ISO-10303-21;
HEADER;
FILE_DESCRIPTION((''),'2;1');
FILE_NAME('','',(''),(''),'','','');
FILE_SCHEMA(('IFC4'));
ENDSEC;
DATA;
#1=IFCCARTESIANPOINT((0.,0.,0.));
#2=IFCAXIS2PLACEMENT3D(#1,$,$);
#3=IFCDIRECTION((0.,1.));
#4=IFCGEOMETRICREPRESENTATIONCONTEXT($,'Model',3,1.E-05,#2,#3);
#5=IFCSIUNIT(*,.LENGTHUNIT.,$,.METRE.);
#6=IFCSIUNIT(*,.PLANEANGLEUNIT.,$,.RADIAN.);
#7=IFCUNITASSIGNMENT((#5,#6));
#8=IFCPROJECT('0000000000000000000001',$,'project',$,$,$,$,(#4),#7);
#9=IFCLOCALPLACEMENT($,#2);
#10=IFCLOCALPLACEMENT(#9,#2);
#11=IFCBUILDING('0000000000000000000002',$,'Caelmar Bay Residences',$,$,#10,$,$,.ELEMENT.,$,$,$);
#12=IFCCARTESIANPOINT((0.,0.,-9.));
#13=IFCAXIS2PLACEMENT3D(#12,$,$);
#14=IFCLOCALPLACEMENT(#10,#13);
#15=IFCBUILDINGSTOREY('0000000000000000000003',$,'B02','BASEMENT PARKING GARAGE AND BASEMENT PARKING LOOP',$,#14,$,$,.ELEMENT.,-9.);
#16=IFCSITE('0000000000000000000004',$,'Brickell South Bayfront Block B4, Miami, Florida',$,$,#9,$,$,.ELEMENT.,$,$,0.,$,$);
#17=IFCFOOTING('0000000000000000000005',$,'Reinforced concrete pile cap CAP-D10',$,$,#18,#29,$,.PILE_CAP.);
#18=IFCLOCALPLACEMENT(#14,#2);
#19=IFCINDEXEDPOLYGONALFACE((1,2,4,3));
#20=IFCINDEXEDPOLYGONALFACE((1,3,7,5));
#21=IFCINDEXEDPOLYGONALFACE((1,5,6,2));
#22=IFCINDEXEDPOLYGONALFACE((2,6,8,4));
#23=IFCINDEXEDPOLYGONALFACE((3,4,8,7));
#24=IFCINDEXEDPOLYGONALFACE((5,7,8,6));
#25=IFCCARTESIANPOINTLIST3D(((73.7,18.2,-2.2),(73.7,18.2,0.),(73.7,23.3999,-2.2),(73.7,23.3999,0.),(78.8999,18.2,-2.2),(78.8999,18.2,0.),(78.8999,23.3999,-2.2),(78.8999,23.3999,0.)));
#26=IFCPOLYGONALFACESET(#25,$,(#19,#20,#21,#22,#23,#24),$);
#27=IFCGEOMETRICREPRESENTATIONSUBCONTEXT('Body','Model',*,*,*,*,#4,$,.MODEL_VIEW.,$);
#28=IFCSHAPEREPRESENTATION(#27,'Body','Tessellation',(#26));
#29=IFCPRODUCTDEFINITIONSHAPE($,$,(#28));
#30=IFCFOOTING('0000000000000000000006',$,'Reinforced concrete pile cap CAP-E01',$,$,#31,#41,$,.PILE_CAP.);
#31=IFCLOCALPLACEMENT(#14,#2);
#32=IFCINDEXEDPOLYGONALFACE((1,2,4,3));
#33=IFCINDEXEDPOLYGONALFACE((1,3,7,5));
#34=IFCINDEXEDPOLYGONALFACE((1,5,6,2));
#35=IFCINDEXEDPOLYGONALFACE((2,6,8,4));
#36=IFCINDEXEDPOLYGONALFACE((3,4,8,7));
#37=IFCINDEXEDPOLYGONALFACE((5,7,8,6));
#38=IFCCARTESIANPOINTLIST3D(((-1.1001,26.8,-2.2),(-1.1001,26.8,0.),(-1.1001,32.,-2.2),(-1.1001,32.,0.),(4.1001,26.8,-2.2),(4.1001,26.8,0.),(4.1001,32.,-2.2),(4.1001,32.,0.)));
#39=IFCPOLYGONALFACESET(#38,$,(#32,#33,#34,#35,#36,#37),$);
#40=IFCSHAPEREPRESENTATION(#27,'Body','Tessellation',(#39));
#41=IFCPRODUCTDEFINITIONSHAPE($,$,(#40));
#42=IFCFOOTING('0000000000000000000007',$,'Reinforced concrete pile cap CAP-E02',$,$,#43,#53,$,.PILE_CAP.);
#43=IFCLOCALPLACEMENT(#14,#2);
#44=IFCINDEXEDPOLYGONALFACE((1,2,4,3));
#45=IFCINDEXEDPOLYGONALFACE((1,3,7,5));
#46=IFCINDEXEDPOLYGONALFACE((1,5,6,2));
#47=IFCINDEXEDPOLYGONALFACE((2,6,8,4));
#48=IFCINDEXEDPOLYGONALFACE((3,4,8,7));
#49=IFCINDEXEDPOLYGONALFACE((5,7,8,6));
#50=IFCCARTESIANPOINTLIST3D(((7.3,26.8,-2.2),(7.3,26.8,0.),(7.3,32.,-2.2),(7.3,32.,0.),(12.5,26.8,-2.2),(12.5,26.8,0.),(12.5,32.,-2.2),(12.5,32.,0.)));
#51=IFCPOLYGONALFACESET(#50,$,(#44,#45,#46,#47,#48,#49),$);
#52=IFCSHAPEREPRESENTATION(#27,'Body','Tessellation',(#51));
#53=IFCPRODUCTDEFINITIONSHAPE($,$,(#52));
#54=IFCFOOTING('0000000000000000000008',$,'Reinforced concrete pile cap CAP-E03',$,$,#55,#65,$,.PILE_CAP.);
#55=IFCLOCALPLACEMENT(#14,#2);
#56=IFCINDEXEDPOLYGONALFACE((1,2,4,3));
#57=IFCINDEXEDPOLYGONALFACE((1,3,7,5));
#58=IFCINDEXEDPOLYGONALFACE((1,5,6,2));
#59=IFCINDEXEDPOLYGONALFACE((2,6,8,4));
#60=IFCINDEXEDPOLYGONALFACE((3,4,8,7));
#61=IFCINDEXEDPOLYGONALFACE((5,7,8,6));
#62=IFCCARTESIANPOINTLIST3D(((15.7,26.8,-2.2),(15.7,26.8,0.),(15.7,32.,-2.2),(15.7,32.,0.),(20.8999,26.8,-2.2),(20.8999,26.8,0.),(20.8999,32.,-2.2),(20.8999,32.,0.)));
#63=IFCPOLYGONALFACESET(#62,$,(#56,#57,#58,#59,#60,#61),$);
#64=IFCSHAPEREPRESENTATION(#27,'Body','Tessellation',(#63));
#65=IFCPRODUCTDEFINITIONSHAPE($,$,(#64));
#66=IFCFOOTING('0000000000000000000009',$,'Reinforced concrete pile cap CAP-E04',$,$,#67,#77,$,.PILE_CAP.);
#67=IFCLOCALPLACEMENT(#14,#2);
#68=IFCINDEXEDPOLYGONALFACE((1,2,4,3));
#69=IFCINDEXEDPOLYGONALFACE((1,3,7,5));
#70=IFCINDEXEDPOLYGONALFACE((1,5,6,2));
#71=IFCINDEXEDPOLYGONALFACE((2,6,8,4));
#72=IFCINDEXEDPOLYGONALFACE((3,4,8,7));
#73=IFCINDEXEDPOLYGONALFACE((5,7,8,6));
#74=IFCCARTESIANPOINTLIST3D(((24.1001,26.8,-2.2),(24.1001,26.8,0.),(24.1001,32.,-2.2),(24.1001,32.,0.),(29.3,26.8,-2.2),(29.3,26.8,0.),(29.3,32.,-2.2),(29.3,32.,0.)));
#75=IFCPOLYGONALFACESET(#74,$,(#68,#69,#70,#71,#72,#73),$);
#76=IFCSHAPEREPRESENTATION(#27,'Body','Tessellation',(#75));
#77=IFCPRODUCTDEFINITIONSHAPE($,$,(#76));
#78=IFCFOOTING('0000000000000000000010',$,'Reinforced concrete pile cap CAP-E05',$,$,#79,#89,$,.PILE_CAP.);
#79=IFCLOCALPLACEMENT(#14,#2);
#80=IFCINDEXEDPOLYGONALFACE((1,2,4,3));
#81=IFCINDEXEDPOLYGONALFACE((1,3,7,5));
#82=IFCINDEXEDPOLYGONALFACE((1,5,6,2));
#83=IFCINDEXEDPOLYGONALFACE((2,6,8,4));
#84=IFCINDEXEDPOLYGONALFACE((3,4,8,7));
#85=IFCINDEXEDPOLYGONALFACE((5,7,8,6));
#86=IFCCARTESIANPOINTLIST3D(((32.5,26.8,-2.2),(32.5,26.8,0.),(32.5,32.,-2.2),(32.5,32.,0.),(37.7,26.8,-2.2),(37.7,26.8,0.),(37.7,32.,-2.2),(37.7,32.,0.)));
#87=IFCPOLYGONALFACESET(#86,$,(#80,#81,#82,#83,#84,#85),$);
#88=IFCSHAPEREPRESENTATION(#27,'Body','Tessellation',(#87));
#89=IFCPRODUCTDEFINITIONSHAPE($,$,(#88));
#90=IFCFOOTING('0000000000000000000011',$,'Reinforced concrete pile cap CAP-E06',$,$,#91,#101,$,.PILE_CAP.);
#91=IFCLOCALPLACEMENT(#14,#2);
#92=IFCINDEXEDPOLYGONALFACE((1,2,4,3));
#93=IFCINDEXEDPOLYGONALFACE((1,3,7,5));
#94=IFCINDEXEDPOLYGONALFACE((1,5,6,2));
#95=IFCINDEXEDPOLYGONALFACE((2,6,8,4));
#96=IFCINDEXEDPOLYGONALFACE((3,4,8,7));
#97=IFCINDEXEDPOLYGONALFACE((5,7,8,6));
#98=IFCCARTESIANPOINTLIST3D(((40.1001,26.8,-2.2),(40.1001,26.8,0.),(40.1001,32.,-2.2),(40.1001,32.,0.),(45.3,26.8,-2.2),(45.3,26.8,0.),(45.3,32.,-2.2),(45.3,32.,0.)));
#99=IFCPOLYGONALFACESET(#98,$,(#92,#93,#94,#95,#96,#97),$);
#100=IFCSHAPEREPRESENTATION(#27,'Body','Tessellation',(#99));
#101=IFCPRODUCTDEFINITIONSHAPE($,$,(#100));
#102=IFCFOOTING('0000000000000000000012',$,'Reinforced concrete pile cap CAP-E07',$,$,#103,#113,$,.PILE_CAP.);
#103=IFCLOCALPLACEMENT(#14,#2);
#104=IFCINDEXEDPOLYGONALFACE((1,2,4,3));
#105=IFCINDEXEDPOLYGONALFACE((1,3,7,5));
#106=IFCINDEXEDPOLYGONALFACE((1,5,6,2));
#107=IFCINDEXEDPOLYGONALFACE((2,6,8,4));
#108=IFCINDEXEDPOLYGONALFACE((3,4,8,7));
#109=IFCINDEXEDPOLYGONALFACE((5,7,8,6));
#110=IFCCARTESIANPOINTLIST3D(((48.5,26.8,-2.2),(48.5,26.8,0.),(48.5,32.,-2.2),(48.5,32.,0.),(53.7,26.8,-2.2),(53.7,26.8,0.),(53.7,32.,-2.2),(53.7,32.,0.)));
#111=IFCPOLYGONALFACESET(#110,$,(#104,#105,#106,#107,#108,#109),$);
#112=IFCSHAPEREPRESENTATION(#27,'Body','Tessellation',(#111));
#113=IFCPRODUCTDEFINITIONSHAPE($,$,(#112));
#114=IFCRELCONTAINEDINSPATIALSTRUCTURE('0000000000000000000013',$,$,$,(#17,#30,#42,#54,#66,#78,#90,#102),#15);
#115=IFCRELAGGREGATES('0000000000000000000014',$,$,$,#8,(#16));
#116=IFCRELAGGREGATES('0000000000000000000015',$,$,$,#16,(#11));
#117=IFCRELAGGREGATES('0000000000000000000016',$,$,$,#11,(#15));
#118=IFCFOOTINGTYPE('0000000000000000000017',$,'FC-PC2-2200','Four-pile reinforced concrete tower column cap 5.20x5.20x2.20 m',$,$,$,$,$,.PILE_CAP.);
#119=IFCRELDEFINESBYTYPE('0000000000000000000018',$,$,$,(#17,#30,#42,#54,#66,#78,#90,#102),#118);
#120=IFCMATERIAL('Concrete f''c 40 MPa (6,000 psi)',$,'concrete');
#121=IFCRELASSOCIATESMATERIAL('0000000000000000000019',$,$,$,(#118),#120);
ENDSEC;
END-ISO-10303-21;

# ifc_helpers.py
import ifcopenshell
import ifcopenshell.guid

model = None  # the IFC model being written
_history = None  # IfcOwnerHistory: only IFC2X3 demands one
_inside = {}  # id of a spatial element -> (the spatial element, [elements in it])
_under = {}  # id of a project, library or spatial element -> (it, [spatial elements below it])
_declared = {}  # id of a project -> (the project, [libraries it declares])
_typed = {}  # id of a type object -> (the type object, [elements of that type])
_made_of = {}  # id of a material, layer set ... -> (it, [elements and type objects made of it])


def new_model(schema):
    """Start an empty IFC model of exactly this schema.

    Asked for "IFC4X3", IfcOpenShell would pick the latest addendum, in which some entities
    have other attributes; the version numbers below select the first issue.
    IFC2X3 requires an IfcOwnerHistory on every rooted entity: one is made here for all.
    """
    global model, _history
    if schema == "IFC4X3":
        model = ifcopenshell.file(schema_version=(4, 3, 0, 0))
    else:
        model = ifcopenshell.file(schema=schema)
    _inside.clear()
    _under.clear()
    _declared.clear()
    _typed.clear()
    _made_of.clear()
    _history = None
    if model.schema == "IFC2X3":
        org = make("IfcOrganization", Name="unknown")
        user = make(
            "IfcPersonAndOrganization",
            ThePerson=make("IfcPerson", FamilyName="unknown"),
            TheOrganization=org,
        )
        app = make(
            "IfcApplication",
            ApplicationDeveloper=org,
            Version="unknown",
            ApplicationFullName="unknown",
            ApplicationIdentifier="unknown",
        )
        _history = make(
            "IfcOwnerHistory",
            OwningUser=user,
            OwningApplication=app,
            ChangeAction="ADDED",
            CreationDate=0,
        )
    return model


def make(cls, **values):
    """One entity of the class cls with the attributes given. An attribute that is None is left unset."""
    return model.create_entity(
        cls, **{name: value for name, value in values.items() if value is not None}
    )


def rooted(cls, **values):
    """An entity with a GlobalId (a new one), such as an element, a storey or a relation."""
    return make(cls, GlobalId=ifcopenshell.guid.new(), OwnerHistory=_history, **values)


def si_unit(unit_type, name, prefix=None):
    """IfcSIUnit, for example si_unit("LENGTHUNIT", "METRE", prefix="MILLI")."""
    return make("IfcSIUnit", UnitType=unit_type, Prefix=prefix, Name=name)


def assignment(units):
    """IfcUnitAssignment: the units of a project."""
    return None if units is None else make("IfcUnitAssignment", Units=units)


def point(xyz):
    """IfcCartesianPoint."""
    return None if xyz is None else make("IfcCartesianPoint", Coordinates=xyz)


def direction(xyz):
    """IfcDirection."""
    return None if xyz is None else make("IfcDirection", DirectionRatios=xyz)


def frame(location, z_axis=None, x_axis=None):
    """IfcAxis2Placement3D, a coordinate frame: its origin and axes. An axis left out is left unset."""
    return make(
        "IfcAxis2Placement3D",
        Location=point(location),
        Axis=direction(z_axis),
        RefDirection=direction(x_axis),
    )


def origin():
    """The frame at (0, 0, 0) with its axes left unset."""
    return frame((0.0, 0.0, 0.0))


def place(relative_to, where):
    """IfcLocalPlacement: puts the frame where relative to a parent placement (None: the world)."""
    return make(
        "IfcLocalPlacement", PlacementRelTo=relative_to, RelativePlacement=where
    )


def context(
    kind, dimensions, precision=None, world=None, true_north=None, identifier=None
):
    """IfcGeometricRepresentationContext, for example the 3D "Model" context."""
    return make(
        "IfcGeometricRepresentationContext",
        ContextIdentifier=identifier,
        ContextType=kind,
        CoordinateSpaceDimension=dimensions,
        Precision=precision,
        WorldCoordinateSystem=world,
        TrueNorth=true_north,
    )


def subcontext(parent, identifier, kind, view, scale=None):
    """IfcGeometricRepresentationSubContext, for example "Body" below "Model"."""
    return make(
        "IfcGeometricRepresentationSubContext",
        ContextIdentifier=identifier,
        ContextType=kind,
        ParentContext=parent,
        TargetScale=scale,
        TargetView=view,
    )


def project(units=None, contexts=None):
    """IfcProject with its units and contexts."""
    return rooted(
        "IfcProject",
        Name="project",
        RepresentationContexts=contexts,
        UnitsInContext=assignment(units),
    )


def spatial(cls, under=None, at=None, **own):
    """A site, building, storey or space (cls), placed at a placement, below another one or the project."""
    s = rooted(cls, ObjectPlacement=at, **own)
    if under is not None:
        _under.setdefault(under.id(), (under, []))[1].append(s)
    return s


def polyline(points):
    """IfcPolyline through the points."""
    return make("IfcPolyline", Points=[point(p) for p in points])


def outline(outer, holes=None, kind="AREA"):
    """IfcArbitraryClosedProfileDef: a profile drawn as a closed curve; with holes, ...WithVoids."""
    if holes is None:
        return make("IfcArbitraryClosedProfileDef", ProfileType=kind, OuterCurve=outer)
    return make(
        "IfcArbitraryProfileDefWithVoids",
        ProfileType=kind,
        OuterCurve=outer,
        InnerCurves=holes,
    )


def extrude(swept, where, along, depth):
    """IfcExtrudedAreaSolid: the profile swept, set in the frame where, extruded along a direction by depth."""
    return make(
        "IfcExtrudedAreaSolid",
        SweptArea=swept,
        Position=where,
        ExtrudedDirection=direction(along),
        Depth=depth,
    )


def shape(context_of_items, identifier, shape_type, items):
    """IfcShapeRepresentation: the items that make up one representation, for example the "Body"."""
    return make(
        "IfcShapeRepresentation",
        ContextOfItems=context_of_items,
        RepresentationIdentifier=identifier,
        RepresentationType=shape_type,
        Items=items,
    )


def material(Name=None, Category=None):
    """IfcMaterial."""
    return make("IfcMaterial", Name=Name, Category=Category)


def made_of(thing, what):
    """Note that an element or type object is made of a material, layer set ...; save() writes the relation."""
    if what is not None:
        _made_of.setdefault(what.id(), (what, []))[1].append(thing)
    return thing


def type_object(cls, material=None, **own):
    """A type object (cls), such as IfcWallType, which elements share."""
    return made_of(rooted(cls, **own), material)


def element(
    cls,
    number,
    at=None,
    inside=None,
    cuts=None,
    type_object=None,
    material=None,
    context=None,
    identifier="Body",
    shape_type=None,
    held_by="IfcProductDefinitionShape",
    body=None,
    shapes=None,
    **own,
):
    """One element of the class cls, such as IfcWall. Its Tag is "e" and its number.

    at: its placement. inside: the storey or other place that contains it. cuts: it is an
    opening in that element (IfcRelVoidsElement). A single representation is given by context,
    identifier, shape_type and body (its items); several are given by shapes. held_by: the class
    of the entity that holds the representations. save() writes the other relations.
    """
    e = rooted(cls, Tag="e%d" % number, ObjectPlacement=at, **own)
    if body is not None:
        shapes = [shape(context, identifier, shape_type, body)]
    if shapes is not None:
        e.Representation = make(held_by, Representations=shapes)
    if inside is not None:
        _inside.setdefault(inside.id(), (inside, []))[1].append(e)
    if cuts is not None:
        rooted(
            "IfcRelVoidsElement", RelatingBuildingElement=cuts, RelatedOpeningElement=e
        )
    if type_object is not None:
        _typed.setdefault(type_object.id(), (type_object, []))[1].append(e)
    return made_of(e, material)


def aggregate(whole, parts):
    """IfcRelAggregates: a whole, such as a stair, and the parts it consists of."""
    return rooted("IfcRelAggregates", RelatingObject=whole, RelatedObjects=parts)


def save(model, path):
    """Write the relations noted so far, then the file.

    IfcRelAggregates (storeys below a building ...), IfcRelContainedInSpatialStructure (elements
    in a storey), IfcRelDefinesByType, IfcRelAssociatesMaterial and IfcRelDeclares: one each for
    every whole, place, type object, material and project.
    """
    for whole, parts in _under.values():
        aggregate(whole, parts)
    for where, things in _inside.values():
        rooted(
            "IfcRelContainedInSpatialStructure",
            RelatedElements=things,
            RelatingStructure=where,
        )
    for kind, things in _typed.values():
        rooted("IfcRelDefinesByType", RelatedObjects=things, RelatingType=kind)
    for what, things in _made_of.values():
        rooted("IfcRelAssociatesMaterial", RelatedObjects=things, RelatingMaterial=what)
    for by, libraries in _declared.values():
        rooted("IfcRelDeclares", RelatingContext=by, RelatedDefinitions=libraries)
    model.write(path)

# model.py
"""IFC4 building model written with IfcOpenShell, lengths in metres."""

from ifc_helpers import new_model, si_unit, direction, frame, origin, place, context, subcontext, project, spatial, polyline, outline, extrude, material, type_object, element, save


model = new_model("IFC4")

# Units and contexts
model_context = context("Model", 3, precision=1e-05, world=origin(), true_north=direction((0.0, 1.0)))
body_context = subcontext(model_context, "Body", "Model", "MODEL_VIEW")
ifc_project = project(units=[si_unit("LENGTHUNIT", "METRE"), si_unit("PLANEANGLEUNIT", "RADIAN")], contexts=[model_context])

# Site, building, storey
site_placement = place(None, origin())
site = spatial("IfcSite", under=ifc_project, at=site_placement, Name="Brickell South Bayfront Block B4, Miami, Florida", CompositionType="ELEMENT", RefElevation=0.0)
building_placement = place(site_placement, origin())
building = spatial("IfcBuilding", under=site, at=building_placement, Name="Caelmar Bay Residences", CompositionType="ELEMENT")
storey_placement = place(building_placement, frame((0.0, 0.0, -9.0)))
storey = spatial("IfcBuildingStorey", under=building, at=storey_placement, Name="B02", Description="BASEMENT PARKING GARAGE AND BASEMENT PARKING LOOP", CompositionType="ELEMENT", Elevation=-9.0)

# Footings
ifc_material = material(Name="Concrete f'c 40 MPa (6,000 psi)", Category="concrete")
footing_type_1 = type_object("IfcFootingType", Name="FC-PC2-2200", Description="Four-pile reinforced concrete tower column cap 5.20x5.20x2.20 m", PredefinedType="PILE_CAP", material=ifc_material)
footing_1_placement = place(storey_placement, frame((0.0, 0.0, -2.2)))
element("IfcFooting", 1, at=footing_1_placement, inside=storey, type_object=footing_type_1, Name="Reinforced concrete pile cap CAP-D10", PredefinedType="PILE_CAP", context=body_context, shape_type="SweptSolid", body=[
    extrude(outline(polyline([(73.7, 18.2), (78.8999, 18.2), (78.8999, 23.3999), (73.7, 23.3999), (73.7, 18.2)])), origin(), (0.0, 0.0, 1.0), 2.2),
])
footing_2_placement = place(storey_placement, frame((0.0, 0.0, -2.2)))
element("IfcFooting", 2, at=footing_2_placement, inside=storey, type_object=footing_type_1, Name="Reinforced concrete pile cap CAP-E01", PredefinedType="PILE_CAP", context=body_context, shape_type="SweptSolid", body=[
    extrude(outline(polyline([(-1.1001, 26.8), (4.1001, 26.8), (4.1001, 32.0), (-1.1001, 32.0), (-1.1001, 26.8)])), origin(), (0.0, 0.0, 1.0), 2.2),
])
footing_3_placement = place(storey_placement, frame((0.0, 0.0, -2.2)))
element("IfcFooting", 3, at=footing_3_placement, inside=storey, type_object=footing_type_1, Name="Reinforced concrete pile cap CAP-E02", PredefinedType="PILE_CAP", context=body_context, shape_type="SweptSolid", body=[
    extrude(outline(polyline([(7.3, 26.8), (12.5, 26.8), (12.5, 32.0), (7.3, 32.0), (7.3, 26.8)])), origin(), (0.0, 0.0, 1.0), 2.2),
])
footing_4_placement = place(storey_placement, frame((0.0, 0.0, -2.2)))
element("IfcFooting", 4, at=footing_4_placement, inside=storey, type_object=footing_type_1, Name="Reinforced concrete pile cap CAP-E03", PredefinedType="PILE_CAP", context=body_context, shape_type="SweptSolid", body=[
    extrude(outline(polyline([(15.7, 26.8), (20.8999, 26.8), (20.8999, 32.0), (15.7, 32.0), (15.7, 26.8)])), origin(), (0.0, 0.0, 1.0), 2.2),
])
footing_5_placement = place(storey_placement, frame((0.0, 0.0, -2.2)))
element("IfcFooting", 5, at=footing_5_placement, inside=storey, type_object=footing_type_1, Name="Reinforced concrete pile cap CAP-E04", PredefinedType="PILE_CAP", context=body_context, shape_type="SweptSolid", body=[
    extrude(outline(polyline([(24.1001, 26.8), (29.3, 26.8), (29.3, 32.0), (24.1001, 32.0), (24.1001, 26.8)])), origin(), (0.0, 0.0, 1.0), 2.2),
])
footing_6_placement = place(storey_placement, frame((0.0, 0.0, -2.2)))
element("IfcFooting", 6, at=footing_6_placement, inside=storey, type_object=footing_type_1, Name="Reinforced concrete pile cap CAP-E05", PredefinedType="PILE_CAP", context=body_context, shape_type="SweptSolid", body=[
    extrude(outline(polyline([(32.5, 26.8), (37.7, 26.8), (37.7, 32.0), (32.5, 32.0), (32.5, 26.8)])), origin(), (0.0, 0.0, 1.0), 2.2),
])
footing_7_placement = place(storey_placement, frame((0.0, 0.0, -2.2)))
element("IfcFooting", 7, at=footing_7_placement, inside=storey, type_object=footing_type_1, Name="Reinforced concrete pile cap CAP-E06", PredefinedType="PILE_CAP", context=body_context, shape_type="SweptSolid", body=[
    extrude(outline(polyline([(40.1001, 26.8), (45.3, 26.8), (45.3, 32.0), (40.1001, 32.0), (40.1001, 26.8)])), origin(), (0.0, 0.0, 1.0), 2.2),
])
footing_8_placement = place(storey_placement, frame((0.0, 0.0, -2.2)))
element("IfcFooting", 8, at=footing_8_placement, inside=storey, type_object=footing_type_1, Name="Reinforced concrete pile cap CAP-E07", PredefinedType="PILE_CAP", context=body_context, shape_type="SweptSolid", body=[
    extrude(outline(polyline([(48.5, 26.8), (53.7, 26.8), (53.7, 32.0), (48.5, 32.0), (48.5, 26.8)])), origin(), (0.0, 0.0, 1.0), 2.2),
])

save(model, "model.ifc")
